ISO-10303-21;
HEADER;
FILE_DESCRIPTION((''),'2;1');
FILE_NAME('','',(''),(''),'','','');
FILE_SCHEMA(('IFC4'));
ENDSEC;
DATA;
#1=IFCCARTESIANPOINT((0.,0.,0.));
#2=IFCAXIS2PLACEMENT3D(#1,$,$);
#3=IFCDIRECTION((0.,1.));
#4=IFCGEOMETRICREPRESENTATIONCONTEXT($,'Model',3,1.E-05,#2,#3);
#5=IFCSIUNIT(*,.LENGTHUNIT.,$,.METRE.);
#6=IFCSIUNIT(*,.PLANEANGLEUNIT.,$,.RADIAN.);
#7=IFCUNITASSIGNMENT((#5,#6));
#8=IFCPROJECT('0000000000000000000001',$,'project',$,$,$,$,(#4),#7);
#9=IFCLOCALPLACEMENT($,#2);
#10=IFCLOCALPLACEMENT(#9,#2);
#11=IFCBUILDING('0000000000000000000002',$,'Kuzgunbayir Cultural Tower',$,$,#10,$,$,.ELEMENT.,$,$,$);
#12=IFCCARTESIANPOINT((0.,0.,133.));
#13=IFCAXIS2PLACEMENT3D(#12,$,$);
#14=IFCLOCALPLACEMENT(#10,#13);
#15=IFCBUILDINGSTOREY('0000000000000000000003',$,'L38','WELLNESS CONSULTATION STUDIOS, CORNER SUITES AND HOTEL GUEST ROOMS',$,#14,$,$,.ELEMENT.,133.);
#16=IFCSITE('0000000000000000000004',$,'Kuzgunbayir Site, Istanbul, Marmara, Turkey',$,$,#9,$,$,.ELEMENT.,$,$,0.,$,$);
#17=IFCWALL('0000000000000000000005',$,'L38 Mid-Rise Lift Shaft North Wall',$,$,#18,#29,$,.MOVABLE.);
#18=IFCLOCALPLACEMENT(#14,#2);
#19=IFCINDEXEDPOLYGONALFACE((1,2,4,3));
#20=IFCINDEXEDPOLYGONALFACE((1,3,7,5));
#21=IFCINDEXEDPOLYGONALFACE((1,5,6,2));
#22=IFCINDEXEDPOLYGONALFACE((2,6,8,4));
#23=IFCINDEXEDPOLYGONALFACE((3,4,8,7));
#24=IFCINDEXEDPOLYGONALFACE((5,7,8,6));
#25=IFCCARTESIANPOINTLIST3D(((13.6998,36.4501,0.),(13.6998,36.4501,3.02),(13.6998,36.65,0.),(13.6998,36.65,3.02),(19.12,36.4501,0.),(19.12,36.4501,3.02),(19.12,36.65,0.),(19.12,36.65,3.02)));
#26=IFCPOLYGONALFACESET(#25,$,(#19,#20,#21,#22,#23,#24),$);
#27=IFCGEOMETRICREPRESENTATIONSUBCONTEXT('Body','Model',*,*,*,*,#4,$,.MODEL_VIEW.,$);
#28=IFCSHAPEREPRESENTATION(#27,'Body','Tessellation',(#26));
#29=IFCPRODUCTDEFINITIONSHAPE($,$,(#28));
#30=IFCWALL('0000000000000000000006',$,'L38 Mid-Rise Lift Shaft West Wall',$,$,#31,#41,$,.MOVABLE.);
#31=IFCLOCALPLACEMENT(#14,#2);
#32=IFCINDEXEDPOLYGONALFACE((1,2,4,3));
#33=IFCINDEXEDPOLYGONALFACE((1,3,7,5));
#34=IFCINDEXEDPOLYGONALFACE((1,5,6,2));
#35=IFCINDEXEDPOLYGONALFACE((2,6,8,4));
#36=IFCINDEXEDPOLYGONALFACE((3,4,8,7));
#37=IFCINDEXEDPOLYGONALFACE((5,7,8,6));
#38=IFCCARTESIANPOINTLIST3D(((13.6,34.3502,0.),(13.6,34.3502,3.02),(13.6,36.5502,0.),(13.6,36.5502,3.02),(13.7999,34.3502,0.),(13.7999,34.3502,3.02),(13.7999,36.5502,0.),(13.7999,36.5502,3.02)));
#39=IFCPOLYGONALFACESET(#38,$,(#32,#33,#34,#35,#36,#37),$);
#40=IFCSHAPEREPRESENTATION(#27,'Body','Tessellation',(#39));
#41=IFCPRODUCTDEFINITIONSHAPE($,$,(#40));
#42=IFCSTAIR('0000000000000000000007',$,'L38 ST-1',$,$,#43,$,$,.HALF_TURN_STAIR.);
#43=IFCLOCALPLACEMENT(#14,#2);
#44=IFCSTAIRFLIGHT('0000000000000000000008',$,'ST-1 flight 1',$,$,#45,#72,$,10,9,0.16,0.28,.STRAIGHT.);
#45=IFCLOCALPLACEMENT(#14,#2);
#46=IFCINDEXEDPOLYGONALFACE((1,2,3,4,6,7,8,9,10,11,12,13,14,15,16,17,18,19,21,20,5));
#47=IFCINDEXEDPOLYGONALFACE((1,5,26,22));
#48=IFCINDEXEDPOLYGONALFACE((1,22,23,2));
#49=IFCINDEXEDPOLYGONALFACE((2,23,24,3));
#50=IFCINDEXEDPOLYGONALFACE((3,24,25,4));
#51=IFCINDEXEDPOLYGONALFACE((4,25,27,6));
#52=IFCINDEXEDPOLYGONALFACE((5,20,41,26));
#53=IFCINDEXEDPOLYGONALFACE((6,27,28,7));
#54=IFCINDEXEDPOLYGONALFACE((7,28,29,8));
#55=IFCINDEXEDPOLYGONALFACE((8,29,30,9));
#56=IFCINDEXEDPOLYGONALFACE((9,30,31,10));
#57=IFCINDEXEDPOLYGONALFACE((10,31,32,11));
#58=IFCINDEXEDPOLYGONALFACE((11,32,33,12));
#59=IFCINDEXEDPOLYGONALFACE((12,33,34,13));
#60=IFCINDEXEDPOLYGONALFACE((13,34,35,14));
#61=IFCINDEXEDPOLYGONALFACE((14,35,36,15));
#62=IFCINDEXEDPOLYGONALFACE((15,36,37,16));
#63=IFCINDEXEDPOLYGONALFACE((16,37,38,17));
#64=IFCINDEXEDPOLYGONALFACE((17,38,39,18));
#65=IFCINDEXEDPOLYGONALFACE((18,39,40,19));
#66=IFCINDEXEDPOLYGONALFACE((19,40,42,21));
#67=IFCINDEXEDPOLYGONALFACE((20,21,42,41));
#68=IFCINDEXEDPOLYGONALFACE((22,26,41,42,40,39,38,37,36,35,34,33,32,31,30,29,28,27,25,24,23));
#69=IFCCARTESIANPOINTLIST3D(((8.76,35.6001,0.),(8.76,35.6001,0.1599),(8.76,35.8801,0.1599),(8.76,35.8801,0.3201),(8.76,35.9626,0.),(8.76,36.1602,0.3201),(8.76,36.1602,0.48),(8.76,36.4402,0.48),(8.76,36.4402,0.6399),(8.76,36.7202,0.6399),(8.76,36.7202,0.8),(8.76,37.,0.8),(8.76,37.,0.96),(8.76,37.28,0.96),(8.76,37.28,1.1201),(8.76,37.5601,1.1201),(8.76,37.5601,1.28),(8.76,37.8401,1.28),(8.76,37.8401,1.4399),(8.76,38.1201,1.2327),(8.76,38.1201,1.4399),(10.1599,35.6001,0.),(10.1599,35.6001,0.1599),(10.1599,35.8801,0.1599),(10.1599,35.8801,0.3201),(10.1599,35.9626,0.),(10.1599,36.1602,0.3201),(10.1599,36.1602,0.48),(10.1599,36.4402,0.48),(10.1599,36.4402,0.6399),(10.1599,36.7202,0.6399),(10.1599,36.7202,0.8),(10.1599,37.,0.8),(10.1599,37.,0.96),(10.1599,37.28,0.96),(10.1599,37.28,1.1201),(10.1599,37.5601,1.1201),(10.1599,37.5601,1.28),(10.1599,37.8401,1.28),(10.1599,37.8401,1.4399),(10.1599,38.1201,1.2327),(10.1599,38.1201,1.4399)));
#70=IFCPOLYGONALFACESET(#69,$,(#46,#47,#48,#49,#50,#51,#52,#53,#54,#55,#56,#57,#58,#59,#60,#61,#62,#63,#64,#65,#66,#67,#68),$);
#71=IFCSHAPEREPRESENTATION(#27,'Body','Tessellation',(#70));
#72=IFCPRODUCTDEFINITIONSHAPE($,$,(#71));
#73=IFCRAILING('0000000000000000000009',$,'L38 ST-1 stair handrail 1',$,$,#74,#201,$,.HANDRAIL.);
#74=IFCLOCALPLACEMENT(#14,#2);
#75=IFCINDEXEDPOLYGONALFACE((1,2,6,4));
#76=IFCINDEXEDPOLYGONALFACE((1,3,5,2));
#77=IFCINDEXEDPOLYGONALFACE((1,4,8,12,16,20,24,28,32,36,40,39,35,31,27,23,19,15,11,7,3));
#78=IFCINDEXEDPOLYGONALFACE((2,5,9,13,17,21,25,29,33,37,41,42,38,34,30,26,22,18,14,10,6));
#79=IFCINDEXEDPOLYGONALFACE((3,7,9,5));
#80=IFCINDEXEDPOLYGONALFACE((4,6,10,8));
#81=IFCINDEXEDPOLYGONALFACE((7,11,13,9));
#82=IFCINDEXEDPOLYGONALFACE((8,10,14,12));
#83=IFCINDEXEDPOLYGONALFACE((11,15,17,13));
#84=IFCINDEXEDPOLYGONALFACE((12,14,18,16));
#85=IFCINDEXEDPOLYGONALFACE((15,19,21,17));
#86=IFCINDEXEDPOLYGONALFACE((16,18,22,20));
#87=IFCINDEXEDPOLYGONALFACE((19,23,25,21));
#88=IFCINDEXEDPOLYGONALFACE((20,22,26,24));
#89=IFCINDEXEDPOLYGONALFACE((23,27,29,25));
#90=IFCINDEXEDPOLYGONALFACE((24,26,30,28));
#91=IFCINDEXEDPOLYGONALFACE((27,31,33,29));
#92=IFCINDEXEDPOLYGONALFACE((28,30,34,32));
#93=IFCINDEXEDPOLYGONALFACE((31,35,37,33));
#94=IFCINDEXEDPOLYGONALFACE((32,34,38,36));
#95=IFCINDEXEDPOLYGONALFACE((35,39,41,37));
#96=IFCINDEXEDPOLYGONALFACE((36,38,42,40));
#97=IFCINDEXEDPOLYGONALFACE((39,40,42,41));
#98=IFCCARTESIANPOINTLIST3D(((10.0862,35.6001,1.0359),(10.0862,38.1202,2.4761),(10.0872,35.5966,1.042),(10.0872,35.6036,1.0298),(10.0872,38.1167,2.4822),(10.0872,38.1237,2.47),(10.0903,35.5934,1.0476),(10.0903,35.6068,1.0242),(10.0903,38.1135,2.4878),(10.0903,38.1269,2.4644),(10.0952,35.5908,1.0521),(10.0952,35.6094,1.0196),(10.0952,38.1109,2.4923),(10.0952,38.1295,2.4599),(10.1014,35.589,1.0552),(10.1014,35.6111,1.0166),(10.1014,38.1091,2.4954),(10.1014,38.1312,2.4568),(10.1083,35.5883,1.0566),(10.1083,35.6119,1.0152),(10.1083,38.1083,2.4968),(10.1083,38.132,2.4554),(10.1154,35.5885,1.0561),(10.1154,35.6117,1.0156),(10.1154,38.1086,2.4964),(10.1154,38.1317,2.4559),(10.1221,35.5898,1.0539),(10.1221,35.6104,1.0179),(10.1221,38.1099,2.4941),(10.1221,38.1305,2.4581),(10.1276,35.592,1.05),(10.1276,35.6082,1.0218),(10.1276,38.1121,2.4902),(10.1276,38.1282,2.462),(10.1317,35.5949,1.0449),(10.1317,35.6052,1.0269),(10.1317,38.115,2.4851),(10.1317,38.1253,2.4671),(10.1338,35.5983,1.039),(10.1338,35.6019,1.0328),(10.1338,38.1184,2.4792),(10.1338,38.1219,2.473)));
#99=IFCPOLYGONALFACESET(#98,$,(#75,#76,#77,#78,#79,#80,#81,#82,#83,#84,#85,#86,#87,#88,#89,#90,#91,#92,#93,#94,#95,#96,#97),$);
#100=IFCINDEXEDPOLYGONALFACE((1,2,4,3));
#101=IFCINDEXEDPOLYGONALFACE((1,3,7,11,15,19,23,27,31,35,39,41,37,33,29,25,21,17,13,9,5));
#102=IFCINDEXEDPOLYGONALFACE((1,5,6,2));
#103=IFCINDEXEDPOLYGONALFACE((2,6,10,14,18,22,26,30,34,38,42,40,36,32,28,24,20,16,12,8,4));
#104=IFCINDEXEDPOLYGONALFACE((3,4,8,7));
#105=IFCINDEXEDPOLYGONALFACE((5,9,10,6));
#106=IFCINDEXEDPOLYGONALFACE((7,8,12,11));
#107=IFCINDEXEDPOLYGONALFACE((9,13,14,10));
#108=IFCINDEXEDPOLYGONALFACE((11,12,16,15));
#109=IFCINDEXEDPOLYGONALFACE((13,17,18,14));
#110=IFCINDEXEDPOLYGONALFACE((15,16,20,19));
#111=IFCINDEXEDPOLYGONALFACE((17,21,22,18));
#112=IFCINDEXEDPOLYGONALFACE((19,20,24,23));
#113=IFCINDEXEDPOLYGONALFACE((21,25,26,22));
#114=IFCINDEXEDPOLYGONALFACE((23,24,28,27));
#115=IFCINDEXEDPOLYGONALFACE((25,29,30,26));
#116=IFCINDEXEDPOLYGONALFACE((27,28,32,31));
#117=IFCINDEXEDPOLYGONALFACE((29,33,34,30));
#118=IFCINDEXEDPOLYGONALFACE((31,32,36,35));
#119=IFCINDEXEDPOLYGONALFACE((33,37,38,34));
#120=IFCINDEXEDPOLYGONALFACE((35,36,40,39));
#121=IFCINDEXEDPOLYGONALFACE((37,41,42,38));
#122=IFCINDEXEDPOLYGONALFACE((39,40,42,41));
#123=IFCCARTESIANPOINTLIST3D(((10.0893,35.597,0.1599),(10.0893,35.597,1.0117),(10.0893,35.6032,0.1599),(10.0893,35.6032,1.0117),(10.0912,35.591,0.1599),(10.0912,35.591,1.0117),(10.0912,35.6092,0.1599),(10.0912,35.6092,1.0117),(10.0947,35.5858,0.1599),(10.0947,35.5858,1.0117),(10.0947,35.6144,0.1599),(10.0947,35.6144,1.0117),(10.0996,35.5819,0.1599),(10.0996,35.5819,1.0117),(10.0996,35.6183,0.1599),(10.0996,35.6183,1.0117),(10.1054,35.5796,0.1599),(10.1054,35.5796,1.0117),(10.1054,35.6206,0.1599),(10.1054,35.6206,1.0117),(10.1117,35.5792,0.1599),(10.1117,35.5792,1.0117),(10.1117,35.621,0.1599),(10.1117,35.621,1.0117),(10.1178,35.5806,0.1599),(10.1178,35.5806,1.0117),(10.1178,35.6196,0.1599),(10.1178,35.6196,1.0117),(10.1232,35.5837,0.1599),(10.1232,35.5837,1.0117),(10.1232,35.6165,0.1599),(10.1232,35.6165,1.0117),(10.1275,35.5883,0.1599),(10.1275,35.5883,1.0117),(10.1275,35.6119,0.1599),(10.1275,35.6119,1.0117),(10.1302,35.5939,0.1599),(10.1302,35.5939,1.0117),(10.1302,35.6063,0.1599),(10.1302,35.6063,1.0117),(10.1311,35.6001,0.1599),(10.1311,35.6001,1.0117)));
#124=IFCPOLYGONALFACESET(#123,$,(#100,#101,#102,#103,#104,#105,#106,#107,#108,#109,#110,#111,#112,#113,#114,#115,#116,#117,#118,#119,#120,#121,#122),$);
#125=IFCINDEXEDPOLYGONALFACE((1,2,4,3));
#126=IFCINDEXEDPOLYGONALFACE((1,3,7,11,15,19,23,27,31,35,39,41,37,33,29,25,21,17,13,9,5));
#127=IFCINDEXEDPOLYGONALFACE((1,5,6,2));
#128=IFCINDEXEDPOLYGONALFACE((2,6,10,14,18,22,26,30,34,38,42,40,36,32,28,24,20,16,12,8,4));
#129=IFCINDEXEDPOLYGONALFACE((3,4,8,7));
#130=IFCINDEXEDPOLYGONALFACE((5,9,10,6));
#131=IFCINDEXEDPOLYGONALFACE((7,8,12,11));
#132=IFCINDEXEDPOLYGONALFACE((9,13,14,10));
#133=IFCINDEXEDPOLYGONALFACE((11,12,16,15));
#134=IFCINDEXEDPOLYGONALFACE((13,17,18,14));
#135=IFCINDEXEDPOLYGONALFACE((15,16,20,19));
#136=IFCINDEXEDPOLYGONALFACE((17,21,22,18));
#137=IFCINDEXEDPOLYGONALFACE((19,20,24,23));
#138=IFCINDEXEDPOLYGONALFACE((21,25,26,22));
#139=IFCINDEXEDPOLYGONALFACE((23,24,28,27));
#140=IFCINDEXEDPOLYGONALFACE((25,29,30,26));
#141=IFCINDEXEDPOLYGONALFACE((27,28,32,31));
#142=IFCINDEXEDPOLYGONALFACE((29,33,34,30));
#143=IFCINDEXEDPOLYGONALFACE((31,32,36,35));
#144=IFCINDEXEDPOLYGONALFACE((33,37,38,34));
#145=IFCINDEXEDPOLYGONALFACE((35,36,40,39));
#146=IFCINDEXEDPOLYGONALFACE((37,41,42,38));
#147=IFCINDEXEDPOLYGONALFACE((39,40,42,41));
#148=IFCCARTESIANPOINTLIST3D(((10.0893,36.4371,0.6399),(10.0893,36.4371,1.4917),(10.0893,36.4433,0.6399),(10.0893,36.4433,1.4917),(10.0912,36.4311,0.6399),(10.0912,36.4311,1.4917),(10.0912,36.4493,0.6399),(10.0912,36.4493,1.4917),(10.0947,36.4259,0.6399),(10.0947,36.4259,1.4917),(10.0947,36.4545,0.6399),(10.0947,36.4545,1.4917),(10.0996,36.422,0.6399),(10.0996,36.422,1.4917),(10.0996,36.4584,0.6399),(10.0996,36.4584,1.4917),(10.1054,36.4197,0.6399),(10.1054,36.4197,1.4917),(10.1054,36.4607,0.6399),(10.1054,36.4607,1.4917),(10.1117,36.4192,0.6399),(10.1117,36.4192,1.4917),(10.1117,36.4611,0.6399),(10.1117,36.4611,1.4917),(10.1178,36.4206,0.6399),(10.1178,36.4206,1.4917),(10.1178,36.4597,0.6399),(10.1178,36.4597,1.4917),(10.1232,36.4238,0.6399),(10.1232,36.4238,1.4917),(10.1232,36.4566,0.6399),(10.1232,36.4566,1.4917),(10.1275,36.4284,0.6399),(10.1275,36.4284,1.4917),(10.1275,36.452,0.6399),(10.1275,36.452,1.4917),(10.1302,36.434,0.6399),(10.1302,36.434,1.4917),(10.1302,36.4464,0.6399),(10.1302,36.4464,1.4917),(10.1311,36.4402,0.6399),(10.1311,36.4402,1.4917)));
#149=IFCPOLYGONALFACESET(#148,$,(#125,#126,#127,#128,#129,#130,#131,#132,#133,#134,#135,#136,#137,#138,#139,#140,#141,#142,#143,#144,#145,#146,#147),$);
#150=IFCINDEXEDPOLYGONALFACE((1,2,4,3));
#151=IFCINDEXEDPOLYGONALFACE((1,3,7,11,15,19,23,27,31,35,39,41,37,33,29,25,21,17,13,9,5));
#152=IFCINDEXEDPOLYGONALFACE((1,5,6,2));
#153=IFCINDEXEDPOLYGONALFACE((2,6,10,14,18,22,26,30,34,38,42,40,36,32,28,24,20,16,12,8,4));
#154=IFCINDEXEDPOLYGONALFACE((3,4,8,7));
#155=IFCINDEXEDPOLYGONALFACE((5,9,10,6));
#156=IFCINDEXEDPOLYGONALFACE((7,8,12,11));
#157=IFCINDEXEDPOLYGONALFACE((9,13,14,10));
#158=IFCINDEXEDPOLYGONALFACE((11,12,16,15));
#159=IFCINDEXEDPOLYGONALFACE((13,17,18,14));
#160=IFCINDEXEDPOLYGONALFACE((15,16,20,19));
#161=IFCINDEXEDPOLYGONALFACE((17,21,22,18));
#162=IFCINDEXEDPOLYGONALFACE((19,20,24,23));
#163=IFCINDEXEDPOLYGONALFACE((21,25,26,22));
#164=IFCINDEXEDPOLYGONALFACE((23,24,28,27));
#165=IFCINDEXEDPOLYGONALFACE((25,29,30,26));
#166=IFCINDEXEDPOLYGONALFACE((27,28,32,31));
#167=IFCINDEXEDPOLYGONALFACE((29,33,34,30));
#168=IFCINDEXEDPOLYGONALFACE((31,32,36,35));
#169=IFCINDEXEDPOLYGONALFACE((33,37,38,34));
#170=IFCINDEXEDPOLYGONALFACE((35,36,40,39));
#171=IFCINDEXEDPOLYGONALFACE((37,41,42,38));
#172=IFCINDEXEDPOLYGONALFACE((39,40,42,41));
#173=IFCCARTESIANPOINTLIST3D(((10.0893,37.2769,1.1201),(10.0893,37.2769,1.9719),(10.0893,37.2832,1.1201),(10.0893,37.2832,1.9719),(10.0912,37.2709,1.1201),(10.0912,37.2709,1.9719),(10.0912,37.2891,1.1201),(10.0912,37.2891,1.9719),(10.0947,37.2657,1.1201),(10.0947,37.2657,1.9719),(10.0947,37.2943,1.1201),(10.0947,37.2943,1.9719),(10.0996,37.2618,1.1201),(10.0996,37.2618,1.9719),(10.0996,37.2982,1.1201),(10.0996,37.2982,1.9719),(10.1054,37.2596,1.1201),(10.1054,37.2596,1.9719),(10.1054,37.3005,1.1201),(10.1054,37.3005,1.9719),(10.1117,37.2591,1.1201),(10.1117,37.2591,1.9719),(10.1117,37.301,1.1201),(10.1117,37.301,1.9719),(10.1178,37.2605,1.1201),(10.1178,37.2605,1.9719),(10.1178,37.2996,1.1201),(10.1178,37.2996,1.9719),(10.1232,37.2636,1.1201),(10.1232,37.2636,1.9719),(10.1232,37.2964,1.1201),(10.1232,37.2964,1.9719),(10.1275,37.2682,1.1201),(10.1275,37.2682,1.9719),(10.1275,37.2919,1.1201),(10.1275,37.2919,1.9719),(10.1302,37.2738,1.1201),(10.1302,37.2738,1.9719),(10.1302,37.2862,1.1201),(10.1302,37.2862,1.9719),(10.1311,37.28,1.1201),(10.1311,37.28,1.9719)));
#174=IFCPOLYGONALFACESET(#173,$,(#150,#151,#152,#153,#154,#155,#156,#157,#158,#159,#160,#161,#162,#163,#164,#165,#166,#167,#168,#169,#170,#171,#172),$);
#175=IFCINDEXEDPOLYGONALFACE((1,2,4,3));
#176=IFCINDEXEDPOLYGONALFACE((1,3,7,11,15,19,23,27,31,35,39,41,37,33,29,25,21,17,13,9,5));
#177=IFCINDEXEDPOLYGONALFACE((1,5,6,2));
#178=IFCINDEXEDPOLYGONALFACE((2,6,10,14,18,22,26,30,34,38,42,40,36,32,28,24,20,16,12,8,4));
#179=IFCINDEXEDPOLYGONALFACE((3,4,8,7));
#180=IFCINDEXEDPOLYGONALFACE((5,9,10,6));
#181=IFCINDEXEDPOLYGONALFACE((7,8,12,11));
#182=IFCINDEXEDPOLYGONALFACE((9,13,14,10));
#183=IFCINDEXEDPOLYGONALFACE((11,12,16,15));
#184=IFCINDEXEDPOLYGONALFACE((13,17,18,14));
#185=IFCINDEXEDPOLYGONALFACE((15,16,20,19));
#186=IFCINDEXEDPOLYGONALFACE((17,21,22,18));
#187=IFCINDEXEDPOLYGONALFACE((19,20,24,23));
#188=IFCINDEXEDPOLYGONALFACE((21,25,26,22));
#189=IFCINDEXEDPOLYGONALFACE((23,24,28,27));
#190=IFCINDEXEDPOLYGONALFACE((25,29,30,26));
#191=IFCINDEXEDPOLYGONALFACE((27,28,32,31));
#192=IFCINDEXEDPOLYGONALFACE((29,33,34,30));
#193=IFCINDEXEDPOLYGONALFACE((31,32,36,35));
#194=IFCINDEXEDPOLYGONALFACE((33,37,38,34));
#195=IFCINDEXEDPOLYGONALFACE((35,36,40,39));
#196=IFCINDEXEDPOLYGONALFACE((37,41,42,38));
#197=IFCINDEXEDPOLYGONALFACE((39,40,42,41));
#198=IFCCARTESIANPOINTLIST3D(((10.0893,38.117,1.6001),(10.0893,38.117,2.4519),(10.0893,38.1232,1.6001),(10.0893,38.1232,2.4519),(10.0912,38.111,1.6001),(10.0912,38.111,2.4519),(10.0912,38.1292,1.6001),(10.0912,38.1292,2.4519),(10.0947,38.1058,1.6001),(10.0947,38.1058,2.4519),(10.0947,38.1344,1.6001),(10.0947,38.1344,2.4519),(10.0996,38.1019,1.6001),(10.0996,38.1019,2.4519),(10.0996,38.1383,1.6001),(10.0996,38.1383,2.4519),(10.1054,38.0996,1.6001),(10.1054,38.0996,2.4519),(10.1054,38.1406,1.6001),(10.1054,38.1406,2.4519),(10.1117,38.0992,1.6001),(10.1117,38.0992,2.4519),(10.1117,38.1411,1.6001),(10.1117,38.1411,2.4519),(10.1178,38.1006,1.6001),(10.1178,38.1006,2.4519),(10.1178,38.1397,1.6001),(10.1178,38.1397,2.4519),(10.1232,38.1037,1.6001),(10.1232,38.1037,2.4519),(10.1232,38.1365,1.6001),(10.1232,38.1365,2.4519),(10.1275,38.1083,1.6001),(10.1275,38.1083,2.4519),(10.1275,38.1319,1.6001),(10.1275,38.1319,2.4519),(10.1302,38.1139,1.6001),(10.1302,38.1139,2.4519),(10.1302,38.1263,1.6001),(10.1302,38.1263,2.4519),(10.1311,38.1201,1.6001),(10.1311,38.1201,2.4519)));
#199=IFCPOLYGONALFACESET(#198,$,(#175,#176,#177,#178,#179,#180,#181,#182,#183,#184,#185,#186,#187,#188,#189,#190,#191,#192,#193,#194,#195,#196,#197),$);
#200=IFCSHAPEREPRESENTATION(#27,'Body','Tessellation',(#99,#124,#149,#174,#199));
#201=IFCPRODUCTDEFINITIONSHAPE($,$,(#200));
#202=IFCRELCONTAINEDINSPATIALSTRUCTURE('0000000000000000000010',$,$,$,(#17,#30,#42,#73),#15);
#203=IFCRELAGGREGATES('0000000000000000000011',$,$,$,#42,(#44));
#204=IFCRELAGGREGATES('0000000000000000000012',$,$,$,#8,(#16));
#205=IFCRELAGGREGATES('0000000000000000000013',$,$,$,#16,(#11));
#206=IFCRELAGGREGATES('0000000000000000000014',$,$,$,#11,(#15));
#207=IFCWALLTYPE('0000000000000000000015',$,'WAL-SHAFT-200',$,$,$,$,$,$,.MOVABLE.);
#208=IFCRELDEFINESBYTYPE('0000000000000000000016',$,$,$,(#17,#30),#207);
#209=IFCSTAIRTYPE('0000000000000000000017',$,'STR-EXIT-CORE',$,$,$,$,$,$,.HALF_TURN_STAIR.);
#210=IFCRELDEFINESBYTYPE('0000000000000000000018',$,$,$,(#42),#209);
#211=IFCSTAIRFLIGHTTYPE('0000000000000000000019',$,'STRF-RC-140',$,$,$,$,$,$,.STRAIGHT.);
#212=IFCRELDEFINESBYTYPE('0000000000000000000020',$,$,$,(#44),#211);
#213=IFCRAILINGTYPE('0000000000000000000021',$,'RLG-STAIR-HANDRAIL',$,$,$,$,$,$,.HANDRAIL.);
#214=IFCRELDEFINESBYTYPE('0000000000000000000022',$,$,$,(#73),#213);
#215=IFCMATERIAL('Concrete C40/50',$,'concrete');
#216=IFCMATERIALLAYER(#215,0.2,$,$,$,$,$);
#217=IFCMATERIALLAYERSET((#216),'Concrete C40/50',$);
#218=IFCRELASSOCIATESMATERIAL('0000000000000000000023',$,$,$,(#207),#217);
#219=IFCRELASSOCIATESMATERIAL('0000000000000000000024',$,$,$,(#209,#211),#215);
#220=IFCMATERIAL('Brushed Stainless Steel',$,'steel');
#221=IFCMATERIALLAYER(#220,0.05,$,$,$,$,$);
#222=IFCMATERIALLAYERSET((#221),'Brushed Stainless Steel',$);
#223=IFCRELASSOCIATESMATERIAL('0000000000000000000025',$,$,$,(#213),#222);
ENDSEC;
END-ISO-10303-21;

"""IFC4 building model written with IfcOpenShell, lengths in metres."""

from ifc_helpers import new_model, si_unit, direction, frame, frame_2d, origin, origin_2d, place, context, subcontext, project, spatial, polyline, rectangle, circle, outline, extrude, material, layer, layer_set, type_object, element, aggregate, save


model = new_model("IFC4")

# Units and contexts
model_context = context("Model", 3, precision=1e-05, world=origin(), true_north=direction((0.0, 1.0)))
body_context = subcontext(model_context, "Body", "Model", "MODEL_VIEW")
ifc_project = project(units=[si_unit("LENGTHUNIT", "METRE"), si_unit("PLANEANGLEUNIT", "RADIAN")], contexts=[model_context])

# Site, building, storey
site_placement = place(None, origin())
site = spatial("IfcSite", under=ifc_project, at=site_placement, Name="Kuzgunbayir Site, Istanbul, Marmara, Turkey", CompositionType="ELEMENT", RefElevation=0.0)
building_placement = place(site_placement, origin())
building = spatial("IfcBuilding", under=site, at=building_placement, Name="Kuzgunbayir Cultural Tower", CompositionType="ELEMENT")
storey_placement = place(building_placement, frame((0.0, 0.0, 133.0)))
storey = spatial("IfcBuildingStorey", under=building, at=storey_placement, Name="L38", Description="WELLNESS CONSULTATION STUDIOS, CORNER SUITES AND HOTEL GUEST ROOMS", CompositionType="ELEMENT", Elevation=133.0)

# Shared definitions
ifc_material_1 = material(Name="Concrete C40/50", Category="concrete")
ifc_layer_1 = layer(ifc_material_1, 0.2)
ifc_layer_set_1 = layer_set([ifc_layer_1], Name="Concrete C40/50")
wall_type_1 = type_object("IfcWallType", Name="WAL-SHAFT-200", PredefinedType="MOVABLE", material=ifc_layer_set_1)
ifc_material_2 = material(Name="Brushed Stainless Steel", Category="steel")

# Walls
wall_1_placement = place(storey_placement, frame((13.7, 36.55, 0.0), z_axis=(0.0, 0.0, 1.0), x_axis=(1.0, 0.0, 0.0)))
element("IfcWall", 1, at=wall_1_placement, inside=storey, type_object=wall_type_1, Name="L38 Mid-Rise Lift Shaft North Wall", PredefinedType="MOVABLE", context=body_context, shape_type="SweptSolid", body=[
    extrude(rectangle(XDim=5.4202, YDim=0.2, at=frame_2d((2.71, 0.0))), origin(), (0.0, 0.0, 1.0), 3.02),
])
wall_2_placement = place(storey_placement, frame((13.7, 34.3501, 0.0), z_axis=(0.0, 0.0, 1.0), x_axis=(0.0, 1.0, 0.0)))
element("IfcWall", 2, at=wall_2_placement, inside=storey, type_object=wall_type_1, Name="L38 Mid-Rise Lift Shaft West Wall", PredefinedType="MOVABLE", context=body_context, shape_type="SweptSolid", body=[
    extrude(rectangle(XDim=2.2, YDim=0.2, at=frame_2d((1.1001, 0.0))), origin(), (0.0, 0.0, 1.0), 3.02),
])

# Stair, stair flight
stair_type = type_object("IfcStairType", Name="STR-EXIT-CORE", PredefinedType="HALF_TURN_STAIR", material=ifc_material_1)
stair_placement = place(storey_placement, origin())
stair = element("IfcStair", 3, at=stair_placement, inside=storey, type_object=stair_type, Name="L38 ST-1", PredefinedType="HALF_TURN_STAIR")
stair_flight_type = type_object("IfcStairFlightType", Name="STRF-RC-140", PredefinedType="STRAIGHT", material=ifc_material_1)
stair_flight_placement = place(storey_placement, frame((9.46, 35.6001, 0.0), z_axis=(0.0, 0.0, 1.0), x_axis=(0.0, 1.0, 0.0)))
stair_flight = element("IfcStairFlight", 4, at=stair_flight_placement, type_object=stair_flight_type, Name="ST-1 flight 1", NumberOfRisers=10, NumberOfTreads=9, PredefinedType="STRAIGHT", RiserHeight=0.16, TreadLength=0.28, context=body_context, shape_type="SweptSolid", body=[
    extrude(outline(polyline([(0.0, 0.0), (0.0, 0.1599), (0.28, 0.1599), (0.28, 0.3201), (0.5601, 0.3201), (0.5601, 0.48), (0.8401, 0.48), (0.8401, 0.6399), (1.1201, 0.6399), (1.1201, 0.8), (1.3999, 0.8), (1.3999, 0.96), (1.6799, 0.96), (1.6799, 1.1201), (1.96, 1.1201), (1.96, 1.28), (2.24, 1.28), (2.24, 1.4399), (2.52, 1.4399), (2.52, 1.6001), (2.52, 1.2327), (0.3625, 0.0), (0.0, 0.0)])), frame((0.0, 0.7, 0.0), z_axis=(0.0, -1.0, 0.0), x_axis=(1.0, 0.0, 0.0)), (0.0, 0.0, 1.0), 1.3999),
])
aggregate(stair, [stair_flight])

# Railing
ifc_layer_2 = layer(ifc_material_2, 0.05)
ifc_layer_set_2 = layer_set([ifc_layer_2], Name="Brushed Stainless Steel")
railing_type = type_object("IfcRailingType", Name="RLG-STAIR-HANDRAIL", PredefinedType="HANDRAIL", material=ifc_layer_set_2)
railing_placement = place(storey_placement, frame((10.1101, 35.6001, 0.1599)))
element("IfcRailing", 5, at=railing_placement, inside=storey, type_object=railing_type, Name="L38 ST-1 stair handrail 1", PredefinedType="HANDRAIL", context=body_context, shape_type="SweptSolid", body=[
    extrude(circle(Radius=0.0239, at=origin_2d()), frame((0.0, 0.0, 0.876), z_axis=(0.0, 0.868217, 0.496184), x_axis=(-1.0, 0.0, 0.0)), (0.0, 0.0, 1.0), 2.9026),
    extrude(circle(Radius=0.021, at=origin_2d()), origin(), (0.0, 0.0, 1.0), 0.8518),
    extrude(circle(Radius=0.021, at=origin_2d()), frame((0.0, 0.8401, 0.48)), (0.0, 0.0, 1.0), 0.8518),
    extrude(circle(Radius=0.021, at=origin_2d()), frame((0.0, 1.6799, 0.9602)), (0.0, 0.0, 1.0), 0.8518),
    extrude(circle(Radius=0.021, at=origin_2d()), frame((0.0, 2.52, 1.4402)), (0.0, 0.0, 1.0), 0.8518),
])

save(model, "model.ifc")
